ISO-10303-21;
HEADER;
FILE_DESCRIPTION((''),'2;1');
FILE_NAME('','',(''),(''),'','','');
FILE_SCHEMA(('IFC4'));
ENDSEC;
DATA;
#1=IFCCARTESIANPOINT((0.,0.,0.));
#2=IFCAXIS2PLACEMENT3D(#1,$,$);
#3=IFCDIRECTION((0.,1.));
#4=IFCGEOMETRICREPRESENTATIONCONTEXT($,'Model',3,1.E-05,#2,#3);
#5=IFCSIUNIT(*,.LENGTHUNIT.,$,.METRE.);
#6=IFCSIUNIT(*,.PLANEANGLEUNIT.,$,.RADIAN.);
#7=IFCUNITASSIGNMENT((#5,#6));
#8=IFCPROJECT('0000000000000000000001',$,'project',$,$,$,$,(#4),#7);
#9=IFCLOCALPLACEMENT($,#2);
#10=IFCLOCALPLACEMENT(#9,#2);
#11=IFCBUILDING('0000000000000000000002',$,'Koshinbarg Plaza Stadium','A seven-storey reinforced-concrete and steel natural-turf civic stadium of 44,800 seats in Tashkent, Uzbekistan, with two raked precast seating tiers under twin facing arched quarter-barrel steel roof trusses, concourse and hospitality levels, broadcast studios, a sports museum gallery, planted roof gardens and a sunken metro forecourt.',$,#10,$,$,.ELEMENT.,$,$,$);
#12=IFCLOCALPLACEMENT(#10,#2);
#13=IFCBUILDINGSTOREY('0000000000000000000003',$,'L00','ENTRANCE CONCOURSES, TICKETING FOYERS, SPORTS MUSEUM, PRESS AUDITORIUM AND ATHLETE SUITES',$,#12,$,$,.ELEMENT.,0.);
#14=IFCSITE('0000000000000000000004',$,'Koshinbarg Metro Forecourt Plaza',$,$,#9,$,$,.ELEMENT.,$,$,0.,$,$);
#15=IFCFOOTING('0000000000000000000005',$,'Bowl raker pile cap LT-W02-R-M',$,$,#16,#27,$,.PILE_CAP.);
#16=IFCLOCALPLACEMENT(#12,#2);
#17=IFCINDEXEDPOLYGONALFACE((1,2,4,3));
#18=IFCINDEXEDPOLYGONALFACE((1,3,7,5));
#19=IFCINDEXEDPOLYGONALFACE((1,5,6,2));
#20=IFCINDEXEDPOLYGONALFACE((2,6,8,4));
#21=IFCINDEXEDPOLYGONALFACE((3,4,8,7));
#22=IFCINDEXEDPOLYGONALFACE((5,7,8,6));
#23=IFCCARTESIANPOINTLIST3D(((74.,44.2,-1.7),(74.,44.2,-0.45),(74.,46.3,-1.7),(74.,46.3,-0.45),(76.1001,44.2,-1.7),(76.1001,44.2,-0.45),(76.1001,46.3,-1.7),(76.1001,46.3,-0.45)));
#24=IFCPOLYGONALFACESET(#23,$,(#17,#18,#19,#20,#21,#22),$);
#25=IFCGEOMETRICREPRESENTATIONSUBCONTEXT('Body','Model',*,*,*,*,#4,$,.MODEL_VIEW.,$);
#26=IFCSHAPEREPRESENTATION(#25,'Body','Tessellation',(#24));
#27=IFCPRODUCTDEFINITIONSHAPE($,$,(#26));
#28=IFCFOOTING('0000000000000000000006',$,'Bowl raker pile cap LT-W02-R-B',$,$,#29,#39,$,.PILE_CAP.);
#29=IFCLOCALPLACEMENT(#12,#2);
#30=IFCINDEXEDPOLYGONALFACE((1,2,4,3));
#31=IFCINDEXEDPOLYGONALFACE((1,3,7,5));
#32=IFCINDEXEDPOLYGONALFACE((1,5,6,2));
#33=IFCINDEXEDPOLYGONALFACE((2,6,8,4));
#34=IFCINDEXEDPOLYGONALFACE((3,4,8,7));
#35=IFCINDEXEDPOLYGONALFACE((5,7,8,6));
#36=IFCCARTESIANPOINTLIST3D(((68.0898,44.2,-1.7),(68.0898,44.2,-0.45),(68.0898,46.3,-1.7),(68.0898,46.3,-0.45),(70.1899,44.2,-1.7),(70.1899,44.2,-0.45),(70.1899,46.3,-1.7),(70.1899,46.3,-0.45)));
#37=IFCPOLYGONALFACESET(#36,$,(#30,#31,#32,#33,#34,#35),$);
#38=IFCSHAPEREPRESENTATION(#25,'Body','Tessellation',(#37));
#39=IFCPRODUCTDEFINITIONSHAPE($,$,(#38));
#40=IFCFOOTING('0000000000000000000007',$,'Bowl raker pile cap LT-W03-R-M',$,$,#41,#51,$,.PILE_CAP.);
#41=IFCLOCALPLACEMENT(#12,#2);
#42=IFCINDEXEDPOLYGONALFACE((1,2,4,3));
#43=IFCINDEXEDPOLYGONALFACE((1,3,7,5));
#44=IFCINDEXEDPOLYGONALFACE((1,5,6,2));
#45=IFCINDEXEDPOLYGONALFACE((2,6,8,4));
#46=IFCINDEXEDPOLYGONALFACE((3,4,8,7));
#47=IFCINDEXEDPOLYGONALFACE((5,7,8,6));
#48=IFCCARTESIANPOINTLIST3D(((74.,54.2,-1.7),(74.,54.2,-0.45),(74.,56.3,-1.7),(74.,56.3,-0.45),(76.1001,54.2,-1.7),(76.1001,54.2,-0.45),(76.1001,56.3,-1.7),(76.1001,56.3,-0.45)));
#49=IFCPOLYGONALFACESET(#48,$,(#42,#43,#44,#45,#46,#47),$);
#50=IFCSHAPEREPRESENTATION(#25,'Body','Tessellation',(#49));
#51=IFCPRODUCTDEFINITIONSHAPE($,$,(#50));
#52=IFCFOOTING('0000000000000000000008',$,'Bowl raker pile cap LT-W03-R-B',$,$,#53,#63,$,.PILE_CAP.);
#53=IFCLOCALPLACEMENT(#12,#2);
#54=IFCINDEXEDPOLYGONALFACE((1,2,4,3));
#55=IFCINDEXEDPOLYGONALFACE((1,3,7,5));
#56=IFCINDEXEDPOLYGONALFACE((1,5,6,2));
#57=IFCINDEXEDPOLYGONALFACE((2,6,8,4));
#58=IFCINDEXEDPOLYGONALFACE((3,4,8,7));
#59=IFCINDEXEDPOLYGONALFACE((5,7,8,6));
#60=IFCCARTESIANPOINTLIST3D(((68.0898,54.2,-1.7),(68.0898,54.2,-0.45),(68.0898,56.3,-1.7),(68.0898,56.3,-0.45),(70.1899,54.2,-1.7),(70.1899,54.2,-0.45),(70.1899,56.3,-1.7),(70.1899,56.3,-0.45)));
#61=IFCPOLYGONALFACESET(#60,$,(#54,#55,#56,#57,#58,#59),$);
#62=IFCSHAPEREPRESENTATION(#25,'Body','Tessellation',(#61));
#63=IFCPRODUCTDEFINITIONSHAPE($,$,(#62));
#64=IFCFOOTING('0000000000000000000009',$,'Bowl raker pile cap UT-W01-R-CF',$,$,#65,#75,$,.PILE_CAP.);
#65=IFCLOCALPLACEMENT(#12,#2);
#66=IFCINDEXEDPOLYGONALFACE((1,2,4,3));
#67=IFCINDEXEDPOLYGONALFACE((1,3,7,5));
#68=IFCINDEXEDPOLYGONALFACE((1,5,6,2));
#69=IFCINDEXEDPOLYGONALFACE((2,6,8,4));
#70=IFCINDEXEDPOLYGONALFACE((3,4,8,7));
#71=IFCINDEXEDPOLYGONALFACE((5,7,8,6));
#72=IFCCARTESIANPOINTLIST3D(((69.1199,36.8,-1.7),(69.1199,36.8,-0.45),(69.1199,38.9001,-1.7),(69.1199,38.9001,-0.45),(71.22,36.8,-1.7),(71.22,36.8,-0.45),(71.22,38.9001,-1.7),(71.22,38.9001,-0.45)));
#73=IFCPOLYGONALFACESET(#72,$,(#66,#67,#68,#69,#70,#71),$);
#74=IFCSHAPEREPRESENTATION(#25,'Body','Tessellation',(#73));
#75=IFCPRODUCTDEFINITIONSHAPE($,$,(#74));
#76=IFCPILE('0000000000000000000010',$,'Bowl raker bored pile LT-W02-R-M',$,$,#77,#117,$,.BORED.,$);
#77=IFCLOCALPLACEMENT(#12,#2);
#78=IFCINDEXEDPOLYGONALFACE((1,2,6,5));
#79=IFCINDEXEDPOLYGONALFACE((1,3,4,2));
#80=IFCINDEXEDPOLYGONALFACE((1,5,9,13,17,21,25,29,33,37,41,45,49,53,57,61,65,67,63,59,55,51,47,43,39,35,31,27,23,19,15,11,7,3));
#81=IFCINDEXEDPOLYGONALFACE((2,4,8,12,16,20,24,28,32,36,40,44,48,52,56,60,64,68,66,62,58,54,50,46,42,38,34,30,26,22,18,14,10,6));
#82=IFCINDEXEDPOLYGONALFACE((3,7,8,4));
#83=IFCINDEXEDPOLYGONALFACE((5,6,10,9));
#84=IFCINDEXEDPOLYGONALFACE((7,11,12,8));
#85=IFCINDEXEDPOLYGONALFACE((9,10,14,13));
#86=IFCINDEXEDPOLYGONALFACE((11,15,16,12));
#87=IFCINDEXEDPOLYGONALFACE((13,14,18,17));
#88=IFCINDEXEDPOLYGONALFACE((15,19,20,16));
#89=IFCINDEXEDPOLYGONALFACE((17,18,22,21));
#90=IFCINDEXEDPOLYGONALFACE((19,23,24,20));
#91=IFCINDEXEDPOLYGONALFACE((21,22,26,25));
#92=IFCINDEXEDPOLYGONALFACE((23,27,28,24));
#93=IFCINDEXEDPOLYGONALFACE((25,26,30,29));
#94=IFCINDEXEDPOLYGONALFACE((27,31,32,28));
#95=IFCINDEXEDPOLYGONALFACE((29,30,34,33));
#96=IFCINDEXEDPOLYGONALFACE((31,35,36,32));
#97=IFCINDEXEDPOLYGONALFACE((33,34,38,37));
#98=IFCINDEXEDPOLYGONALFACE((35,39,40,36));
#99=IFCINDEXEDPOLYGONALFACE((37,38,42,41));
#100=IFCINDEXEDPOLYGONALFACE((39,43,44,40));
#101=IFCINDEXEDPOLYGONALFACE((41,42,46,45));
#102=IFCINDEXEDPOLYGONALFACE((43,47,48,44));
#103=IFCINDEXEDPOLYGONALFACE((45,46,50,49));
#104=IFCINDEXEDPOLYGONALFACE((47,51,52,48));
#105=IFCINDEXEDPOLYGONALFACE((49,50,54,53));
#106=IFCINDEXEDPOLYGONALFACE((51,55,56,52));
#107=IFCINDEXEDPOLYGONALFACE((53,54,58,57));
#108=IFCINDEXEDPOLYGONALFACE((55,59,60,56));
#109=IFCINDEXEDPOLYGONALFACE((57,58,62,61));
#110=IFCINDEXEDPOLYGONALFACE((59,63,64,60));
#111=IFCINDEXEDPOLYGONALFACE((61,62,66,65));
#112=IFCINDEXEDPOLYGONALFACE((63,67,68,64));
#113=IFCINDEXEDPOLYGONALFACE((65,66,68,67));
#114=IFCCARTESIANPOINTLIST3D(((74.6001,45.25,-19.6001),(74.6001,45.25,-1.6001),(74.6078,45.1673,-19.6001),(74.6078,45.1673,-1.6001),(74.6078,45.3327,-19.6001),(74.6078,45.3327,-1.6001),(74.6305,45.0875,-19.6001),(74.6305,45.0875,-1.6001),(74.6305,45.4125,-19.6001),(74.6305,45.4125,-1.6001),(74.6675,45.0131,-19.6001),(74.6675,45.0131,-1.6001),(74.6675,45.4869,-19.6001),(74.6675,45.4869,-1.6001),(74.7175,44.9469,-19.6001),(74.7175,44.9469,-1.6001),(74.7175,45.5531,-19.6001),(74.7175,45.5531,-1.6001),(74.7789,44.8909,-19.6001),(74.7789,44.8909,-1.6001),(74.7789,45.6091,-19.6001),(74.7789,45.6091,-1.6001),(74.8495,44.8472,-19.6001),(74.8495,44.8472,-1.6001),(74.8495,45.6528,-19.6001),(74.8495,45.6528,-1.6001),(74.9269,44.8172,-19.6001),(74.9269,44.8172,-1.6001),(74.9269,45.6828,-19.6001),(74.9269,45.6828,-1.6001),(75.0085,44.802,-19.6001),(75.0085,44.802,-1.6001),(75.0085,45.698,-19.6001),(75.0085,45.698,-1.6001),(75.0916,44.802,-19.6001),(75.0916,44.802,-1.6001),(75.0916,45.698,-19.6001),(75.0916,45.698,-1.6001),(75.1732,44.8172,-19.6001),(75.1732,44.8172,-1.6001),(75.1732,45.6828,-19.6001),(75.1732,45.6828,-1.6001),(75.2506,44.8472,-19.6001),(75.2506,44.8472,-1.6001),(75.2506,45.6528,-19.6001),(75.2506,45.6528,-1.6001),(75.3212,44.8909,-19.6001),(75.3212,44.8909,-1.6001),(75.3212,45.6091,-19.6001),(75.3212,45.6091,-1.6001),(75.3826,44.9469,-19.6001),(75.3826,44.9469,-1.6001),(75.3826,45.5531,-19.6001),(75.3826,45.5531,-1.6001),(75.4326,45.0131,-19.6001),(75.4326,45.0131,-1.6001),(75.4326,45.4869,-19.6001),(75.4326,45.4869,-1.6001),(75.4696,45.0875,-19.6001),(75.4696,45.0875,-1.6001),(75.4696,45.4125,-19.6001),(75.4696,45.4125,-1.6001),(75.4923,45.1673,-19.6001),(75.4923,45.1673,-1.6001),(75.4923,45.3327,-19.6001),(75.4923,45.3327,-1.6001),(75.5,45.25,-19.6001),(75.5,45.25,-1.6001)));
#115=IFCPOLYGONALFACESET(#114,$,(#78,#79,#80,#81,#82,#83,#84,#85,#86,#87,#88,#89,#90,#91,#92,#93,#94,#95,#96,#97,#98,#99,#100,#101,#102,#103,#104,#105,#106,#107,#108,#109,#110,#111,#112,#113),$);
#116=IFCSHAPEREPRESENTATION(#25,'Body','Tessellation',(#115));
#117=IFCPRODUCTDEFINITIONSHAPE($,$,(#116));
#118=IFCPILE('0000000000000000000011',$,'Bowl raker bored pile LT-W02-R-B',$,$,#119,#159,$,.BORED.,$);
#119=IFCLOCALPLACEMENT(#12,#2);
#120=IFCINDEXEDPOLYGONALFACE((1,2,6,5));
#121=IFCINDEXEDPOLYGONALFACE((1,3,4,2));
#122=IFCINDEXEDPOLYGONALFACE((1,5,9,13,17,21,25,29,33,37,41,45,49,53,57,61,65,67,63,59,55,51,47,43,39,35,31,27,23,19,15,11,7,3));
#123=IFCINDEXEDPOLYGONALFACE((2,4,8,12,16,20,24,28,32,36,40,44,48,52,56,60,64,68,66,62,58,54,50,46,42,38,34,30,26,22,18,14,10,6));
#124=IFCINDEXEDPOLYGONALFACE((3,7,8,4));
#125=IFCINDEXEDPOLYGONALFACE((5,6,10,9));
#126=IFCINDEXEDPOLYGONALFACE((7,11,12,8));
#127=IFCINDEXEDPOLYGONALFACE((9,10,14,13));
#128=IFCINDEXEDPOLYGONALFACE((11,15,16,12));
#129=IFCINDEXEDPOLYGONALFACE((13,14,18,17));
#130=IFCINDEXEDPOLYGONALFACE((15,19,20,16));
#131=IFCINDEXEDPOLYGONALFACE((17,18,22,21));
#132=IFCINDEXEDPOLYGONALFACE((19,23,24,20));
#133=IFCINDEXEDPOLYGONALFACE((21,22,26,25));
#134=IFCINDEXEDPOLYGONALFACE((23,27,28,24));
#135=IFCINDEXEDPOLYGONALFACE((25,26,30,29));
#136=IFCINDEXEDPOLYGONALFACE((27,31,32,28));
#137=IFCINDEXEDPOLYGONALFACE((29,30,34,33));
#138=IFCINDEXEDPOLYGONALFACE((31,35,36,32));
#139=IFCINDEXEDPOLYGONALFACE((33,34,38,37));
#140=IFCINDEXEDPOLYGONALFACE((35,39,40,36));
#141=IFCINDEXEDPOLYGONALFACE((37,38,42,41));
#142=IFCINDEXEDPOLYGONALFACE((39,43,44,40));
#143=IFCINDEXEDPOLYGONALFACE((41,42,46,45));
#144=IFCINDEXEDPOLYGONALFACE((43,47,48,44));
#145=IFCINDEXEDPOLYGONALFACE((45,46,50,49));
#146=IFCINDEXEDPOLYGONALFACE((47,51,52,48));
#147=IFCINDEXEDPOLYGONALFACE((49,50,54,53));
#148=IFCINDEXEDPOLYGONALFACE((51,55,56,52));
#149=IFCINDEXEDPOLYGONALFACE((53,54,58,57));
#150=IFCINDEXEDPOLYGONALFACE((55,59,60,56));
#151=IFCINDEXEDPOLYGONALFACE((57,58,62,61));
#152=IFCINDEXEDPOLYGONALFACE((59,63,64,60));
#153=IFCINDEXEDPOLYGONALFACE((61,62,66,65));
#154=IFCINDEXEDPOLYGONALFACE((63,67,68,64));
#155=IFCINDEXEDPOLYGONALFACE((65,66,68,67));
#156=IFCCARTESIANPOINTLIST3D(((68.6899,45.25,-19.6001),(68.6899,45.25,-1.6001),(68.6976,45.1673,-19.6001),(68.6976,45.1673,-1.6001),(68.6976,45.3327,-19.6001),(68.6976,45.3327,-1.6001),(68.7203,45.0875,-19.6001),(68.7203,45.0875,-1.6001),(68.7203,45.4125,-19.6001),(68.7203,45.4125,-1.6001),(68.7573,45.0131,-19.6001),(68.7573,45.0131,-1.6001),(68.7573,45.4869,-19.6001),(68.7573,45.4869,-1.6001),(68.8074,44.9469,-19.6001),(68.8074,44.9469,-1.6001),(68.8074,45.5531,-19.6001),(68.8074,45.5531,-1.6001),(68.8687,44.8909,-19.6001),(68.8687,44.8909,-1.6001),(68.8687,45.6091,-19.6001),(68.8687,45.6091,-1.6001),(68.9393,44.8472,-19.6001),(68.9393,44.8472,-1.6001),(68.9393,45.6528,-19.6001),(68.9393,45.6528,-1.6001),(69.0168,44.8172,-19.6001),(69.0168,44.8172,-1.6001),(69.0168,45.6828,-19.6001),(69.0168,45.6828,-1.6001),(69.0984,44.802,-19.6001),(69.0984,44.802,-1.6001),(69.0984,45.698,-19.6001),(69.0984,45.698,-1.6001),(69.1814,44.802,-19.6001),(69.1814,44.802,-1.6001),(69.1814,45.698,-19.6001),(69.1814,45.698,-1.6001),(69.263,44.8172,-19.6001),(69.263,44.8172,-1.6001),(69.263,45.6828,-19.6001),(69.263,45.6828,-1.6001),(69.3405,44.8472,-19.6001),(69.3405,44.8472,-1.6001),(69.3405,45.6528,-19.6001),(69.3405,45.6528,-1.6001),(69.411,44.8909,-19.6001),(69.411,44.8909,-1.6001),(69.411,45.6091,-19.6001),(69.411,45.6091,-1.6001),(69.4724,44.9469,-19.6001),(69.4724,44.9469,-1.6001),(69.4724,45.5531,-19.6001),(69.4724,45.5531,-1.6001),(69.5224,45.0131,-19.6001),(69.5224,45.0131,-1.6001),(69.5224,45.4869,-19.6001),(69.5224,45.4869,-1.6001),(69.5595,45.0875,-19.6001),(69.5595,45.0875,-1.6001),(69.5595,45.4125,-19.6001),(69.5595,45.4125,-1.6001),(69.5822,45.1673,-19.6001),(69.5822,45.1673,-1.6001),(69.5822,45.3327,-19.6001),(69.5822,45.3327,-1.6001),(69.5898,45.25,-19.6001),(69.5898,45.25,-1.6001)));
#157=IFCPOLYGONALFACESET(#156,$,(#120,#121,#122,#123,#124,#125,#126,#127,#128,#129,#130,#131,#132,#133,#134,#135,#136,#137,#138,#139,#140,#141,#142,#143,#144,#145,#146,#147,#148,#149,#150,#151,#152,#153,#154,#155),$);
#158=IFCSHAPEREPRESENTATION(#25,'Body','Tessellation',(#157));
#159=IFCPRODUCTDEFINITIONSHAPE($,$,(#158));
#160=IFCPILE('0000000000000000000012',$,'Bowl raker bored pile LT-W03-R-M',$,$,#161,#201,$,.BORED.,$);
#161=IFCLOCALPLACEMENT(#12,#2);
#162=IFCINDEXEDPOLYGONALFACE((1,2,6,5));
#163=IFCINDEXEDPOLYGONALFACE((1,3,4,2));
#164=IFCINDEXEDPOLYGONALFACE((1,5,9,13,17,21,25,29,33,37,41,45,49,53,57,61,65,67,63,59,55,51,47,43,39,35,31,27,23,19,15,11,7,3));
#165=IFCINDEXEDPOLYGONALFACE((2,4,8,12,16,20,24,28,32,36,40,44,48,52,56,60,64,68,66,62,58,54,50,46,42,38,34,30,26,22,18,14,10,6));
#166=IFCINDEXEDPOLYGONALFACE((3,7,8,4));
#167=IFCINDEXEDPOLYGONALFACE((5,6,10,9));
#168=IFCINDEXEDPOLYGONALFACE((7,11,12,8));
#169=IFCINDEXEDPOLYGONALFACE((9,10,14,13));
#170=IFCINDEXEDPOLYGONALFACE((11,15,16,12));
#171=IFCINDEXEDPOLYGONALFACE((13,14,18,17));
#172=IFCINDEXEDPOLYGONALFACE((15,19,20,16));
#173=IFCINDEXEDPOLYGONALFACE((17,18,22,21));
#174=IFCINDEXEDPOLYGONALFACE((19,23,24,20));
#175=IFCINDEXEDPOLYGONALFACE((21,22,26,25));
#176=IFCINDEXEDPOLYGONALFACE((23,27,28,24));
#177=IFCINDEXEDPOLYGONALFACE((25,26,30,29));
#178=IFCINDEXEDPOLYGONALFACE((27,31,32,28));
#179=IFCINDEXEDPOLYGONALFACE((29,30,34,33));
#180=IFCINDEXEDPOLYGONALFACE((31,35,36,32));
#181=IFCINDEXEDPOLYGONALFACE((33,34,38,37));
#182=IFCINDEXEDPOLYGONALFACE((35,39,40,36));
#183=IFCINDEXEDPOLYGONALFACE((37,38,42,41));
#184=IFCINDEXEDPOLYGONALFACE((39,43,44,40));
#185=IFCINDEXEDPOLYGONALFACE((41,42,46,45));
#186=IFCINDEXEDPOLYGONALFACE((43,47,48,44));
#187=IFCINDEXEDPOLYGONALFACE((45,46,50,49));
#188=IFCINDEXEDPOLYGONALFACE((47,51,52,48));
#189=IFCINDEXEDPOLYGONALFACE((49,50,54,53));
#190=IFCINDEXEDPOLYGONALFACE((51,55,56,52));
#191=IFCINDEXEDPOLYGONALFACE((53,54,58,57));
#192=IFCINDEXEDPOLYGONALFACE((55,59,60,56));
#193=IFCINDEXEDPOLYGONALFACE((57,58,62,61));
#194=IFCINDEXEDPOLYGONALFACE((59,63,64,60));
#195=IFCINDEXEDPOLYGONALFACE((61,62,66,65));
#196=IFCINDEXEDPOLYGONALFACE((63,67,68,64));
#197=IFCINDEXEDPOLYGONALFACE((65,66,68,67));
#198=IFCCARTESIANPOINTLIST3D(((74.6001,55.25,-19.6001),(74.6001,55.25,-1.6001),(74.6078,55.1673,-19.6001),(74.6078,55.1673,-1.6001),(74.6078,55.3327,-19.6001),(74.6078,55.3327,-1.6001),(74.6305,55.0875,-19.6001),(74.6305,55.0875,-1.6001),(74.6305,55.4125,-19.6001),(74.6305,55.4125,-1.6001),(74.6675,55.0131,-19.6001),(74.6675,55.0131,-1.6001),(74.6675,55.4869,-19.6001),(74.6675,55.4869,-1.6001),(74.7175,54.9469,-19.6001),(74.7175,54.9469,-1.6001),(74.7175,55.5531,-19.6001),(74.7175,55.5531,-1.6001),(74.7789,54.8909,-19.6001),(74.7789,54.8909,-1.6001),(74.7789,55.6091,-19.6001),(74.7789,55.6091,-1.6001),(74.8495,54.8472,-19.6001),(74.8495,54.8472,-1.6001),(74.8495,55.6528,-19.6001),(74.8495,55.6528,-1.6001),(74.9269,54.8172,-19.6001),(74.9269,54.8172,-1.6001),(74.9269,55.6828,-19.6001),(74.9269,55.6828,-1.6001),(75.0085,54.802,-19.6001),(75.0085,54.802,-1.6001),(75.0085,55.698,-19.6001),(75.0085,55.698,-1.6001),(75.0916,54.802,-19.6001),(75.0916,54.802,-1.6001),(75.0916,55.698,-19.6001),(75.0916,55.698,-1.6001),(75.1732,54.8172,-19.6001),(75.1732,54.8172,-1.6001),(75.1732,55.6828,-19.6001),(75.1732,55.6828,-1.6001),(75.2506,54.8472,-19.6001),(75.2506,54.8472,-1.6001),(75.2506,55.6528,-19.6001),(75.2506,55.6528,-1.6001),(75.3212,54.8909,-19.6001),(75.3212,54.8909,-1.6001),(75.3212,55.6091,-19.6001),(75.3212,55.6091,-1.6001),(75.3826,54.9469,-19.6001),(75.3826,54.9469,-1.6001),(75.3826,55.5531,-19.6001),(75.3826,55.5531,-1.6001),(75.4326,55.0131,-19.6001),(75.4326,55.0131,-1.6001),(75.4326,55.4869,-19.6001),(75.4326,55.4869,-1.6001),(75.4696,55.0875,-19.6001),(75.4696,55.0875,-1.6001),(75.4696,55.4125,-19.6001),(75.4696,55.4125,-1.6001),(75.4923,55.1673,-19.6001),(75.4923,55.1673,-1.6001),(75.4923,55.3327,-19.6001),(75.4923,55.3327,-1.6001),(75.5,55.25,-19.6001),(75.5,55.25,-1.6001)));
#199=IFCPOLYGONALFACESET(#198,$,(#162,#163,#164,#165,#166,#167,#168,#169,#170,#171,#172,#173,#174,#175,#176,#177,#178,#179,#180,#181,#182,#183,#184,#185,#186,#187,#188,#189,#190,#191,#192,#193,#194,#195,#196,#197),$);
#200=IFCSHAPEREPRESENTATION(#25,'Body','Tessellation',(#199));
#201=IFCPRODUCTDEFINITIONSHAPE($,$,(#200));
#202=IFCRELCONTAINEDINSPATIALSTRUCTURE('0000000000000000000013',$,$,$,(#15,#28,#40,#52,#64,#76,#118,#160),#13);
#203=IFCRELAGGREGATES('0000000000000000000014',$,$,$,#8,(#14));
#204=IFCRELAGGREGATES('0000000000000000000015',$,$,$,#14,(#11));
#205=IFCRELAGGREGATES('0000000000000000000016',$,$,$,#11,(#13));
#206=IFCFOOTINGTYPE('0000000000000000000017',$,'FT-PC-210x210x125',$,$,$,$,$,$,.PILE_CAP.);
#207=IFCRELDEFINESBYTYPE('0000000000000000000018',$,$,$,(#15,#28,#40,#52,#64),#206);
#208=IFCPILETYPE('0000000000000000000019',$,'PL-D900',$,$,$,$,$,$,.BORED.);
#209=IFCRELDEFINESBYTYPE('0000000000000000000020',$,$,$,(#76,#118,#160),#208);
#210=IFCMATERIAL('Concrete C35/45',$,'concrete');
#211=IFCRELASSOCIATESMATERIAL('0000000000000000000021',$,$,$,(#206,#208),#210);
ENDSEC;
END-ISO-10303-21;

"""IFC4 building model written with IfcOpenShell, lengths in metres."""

from ifc_helpers import new_model, si_unit, direction, frame, origin, origin_2d, place, context, subcontext, project, spatial, rectangle, circle, extrude, material, material_profile, profile_set, type_object, element, save


model = new_model("IFC4")

# Units and contexts
model_context = context("Model", 3, precision=1e-05, world=origin(), true_north=direction((0.0, 1.0)))
body_context = subcontext(model_context, "Body", "Model", "MODEL_VIEW")
ifc_project = project(units=[si_unit("LENGTHUNIT", "METRE"), si_unit("PLANEANGLEUNIT", "RADIAN")], contexts=[model_context])

# Site, building, storey
site_placement = place(None, origin())
site = spatial("IfcSite", under=ifc_project, at=site_placement, Name="Koshinbarg Metro Forecourt Plaza", CompositionType="ELEMENT", RefElevation=0.0)
building_placement = place(site_placement, origin())
building = spatial("IfcBuilding", under=site, at=building_placement, Name="Koshinbarg Plaza Stadium", Description="A seven-storey reinforced-concrete and steel natural-turf civic stadium of 44,800 seats in Tashkent, Uzbekistan, with two raked precast seating tiers under twin facing arched quarter-barrel steel roof trusses, concourse and hospitality levels, broadcast studios, a sports museum gallery, planted roof gardens and a sunken metro forecourt.", CompositionType="ELEMENT")
storey_placement = place(building_placement, origin())
storey = spatial("IfcBuildingStorey", under=building, at=storey_placement, Name="L00", Description="ENTRANCE CONCOURSES, TICKETING FOYERS, SPORTS MUSEUM, PRESS AUDITORIUM AND ATHLETE SUITES", CompositionType="ELEMENT", Elevation=0.0)

# Footings
ifc_material_1 = material(Name="Concrete C35/45", Category="concrete")
footing_type = type_object("IfcFootingType", Name="FT-PC-210x210x125", PredefinedType="PILE_CAP", material=ifc_material_1)
for number, where, z_axis, x_axis, name in (
    (1, (75.05, 45.25, -1.7), (0.0, 0.0, 1.0), (1.0, 0.0, 0.0), "Bowl raker pile cap LT-W02-R-M"),
    (2, (69.1399, 45.25, -1.7), (0.0, 0.0, 1.0), (1.0, 0.0, 0.0), "Bowl raker pile cap LT-W02-R-B"),
    (3, (75.05, 55.25, -1.7), (0.0, 0.0, 1.0), (1.0, 0.0, 0.0), "Bowl raker pile cap LT-W03-R-M"),
    (4, (69.1399, 55.25, -1.7), (0.0, 0.0, 1.0), (1.0, 0.0, 0.0), "Bowl raker pile cap LT-W03-R-B"),
    (5, (70.1699, 37.8501, -1.7), (0.0, 0.0, 1.0), (1.0, 0.0, 0.0), "Bowl raker pile cap UT-W01-R-CF"),
):
    element("IfcFooting", number, at=place(storey_placement, frame(where, z_axis=z_axis, x_axis=x_axis)), inside=storey, type_object=footing_type, Name=name, PredefinedType="PILE_CAP", context=body_context, shape_type="SweptSolid", body=[
        extrude(rectangle(XDim=2.1001, YDim=2.1001, at=origin_2d()), origin(), (0.0, 0.0, 1.0), 1.25),
    ])

# Piles
ifc_material_profile_1 = material_profile(ifc_material_1, circle(Radius=0.45, at=origin_2d()), Name="PILE D900")
ifc_profile_set_1 = profile_set([ifc_material_profile_1], Name="Concrete C35/45")
pile_type = type_object("IfcPileType", Name="PL-D900", PredefinedType="BORED", material=ifc_profile_set_1)
for number, where, z_axis, x_axis, name in (
    (6, (75.05, 45.25, -1.6001), (0.0, 0.0, -1.0), (1.0, 0.0, 0.0), "Bowl raker bored pile LT-W02-R-M"),
    (7, (69.1399, 45.25, -1.6001), (0.0, 0.0, -1.0), (1.0, 0.0, 0.0), "Bowl raker bored pile LT-W02-R-B"),
    (8, (75.05, 55.25, -1.6001), (0.0, 0.0, -1.0), (1.0, 0.0, 0.0), "Bowl raker bored pile LT-W03-R-M"),
):
    element("IfcPile", number, at=place(storey_placement, frame(where, z_axis=z_axis, x_axis=x_axis)), inside=storey, type_object=pile_type, Name=name, PredefinedType="BORED", context=body_context, shape_type="SweptSolid", body=[
        extrude(circle(Radius=0.45, at=origin_2d()), origin(), (0.0, 0.0, 1.0), 18.0),
    ])

save(model, "model.ifc")
